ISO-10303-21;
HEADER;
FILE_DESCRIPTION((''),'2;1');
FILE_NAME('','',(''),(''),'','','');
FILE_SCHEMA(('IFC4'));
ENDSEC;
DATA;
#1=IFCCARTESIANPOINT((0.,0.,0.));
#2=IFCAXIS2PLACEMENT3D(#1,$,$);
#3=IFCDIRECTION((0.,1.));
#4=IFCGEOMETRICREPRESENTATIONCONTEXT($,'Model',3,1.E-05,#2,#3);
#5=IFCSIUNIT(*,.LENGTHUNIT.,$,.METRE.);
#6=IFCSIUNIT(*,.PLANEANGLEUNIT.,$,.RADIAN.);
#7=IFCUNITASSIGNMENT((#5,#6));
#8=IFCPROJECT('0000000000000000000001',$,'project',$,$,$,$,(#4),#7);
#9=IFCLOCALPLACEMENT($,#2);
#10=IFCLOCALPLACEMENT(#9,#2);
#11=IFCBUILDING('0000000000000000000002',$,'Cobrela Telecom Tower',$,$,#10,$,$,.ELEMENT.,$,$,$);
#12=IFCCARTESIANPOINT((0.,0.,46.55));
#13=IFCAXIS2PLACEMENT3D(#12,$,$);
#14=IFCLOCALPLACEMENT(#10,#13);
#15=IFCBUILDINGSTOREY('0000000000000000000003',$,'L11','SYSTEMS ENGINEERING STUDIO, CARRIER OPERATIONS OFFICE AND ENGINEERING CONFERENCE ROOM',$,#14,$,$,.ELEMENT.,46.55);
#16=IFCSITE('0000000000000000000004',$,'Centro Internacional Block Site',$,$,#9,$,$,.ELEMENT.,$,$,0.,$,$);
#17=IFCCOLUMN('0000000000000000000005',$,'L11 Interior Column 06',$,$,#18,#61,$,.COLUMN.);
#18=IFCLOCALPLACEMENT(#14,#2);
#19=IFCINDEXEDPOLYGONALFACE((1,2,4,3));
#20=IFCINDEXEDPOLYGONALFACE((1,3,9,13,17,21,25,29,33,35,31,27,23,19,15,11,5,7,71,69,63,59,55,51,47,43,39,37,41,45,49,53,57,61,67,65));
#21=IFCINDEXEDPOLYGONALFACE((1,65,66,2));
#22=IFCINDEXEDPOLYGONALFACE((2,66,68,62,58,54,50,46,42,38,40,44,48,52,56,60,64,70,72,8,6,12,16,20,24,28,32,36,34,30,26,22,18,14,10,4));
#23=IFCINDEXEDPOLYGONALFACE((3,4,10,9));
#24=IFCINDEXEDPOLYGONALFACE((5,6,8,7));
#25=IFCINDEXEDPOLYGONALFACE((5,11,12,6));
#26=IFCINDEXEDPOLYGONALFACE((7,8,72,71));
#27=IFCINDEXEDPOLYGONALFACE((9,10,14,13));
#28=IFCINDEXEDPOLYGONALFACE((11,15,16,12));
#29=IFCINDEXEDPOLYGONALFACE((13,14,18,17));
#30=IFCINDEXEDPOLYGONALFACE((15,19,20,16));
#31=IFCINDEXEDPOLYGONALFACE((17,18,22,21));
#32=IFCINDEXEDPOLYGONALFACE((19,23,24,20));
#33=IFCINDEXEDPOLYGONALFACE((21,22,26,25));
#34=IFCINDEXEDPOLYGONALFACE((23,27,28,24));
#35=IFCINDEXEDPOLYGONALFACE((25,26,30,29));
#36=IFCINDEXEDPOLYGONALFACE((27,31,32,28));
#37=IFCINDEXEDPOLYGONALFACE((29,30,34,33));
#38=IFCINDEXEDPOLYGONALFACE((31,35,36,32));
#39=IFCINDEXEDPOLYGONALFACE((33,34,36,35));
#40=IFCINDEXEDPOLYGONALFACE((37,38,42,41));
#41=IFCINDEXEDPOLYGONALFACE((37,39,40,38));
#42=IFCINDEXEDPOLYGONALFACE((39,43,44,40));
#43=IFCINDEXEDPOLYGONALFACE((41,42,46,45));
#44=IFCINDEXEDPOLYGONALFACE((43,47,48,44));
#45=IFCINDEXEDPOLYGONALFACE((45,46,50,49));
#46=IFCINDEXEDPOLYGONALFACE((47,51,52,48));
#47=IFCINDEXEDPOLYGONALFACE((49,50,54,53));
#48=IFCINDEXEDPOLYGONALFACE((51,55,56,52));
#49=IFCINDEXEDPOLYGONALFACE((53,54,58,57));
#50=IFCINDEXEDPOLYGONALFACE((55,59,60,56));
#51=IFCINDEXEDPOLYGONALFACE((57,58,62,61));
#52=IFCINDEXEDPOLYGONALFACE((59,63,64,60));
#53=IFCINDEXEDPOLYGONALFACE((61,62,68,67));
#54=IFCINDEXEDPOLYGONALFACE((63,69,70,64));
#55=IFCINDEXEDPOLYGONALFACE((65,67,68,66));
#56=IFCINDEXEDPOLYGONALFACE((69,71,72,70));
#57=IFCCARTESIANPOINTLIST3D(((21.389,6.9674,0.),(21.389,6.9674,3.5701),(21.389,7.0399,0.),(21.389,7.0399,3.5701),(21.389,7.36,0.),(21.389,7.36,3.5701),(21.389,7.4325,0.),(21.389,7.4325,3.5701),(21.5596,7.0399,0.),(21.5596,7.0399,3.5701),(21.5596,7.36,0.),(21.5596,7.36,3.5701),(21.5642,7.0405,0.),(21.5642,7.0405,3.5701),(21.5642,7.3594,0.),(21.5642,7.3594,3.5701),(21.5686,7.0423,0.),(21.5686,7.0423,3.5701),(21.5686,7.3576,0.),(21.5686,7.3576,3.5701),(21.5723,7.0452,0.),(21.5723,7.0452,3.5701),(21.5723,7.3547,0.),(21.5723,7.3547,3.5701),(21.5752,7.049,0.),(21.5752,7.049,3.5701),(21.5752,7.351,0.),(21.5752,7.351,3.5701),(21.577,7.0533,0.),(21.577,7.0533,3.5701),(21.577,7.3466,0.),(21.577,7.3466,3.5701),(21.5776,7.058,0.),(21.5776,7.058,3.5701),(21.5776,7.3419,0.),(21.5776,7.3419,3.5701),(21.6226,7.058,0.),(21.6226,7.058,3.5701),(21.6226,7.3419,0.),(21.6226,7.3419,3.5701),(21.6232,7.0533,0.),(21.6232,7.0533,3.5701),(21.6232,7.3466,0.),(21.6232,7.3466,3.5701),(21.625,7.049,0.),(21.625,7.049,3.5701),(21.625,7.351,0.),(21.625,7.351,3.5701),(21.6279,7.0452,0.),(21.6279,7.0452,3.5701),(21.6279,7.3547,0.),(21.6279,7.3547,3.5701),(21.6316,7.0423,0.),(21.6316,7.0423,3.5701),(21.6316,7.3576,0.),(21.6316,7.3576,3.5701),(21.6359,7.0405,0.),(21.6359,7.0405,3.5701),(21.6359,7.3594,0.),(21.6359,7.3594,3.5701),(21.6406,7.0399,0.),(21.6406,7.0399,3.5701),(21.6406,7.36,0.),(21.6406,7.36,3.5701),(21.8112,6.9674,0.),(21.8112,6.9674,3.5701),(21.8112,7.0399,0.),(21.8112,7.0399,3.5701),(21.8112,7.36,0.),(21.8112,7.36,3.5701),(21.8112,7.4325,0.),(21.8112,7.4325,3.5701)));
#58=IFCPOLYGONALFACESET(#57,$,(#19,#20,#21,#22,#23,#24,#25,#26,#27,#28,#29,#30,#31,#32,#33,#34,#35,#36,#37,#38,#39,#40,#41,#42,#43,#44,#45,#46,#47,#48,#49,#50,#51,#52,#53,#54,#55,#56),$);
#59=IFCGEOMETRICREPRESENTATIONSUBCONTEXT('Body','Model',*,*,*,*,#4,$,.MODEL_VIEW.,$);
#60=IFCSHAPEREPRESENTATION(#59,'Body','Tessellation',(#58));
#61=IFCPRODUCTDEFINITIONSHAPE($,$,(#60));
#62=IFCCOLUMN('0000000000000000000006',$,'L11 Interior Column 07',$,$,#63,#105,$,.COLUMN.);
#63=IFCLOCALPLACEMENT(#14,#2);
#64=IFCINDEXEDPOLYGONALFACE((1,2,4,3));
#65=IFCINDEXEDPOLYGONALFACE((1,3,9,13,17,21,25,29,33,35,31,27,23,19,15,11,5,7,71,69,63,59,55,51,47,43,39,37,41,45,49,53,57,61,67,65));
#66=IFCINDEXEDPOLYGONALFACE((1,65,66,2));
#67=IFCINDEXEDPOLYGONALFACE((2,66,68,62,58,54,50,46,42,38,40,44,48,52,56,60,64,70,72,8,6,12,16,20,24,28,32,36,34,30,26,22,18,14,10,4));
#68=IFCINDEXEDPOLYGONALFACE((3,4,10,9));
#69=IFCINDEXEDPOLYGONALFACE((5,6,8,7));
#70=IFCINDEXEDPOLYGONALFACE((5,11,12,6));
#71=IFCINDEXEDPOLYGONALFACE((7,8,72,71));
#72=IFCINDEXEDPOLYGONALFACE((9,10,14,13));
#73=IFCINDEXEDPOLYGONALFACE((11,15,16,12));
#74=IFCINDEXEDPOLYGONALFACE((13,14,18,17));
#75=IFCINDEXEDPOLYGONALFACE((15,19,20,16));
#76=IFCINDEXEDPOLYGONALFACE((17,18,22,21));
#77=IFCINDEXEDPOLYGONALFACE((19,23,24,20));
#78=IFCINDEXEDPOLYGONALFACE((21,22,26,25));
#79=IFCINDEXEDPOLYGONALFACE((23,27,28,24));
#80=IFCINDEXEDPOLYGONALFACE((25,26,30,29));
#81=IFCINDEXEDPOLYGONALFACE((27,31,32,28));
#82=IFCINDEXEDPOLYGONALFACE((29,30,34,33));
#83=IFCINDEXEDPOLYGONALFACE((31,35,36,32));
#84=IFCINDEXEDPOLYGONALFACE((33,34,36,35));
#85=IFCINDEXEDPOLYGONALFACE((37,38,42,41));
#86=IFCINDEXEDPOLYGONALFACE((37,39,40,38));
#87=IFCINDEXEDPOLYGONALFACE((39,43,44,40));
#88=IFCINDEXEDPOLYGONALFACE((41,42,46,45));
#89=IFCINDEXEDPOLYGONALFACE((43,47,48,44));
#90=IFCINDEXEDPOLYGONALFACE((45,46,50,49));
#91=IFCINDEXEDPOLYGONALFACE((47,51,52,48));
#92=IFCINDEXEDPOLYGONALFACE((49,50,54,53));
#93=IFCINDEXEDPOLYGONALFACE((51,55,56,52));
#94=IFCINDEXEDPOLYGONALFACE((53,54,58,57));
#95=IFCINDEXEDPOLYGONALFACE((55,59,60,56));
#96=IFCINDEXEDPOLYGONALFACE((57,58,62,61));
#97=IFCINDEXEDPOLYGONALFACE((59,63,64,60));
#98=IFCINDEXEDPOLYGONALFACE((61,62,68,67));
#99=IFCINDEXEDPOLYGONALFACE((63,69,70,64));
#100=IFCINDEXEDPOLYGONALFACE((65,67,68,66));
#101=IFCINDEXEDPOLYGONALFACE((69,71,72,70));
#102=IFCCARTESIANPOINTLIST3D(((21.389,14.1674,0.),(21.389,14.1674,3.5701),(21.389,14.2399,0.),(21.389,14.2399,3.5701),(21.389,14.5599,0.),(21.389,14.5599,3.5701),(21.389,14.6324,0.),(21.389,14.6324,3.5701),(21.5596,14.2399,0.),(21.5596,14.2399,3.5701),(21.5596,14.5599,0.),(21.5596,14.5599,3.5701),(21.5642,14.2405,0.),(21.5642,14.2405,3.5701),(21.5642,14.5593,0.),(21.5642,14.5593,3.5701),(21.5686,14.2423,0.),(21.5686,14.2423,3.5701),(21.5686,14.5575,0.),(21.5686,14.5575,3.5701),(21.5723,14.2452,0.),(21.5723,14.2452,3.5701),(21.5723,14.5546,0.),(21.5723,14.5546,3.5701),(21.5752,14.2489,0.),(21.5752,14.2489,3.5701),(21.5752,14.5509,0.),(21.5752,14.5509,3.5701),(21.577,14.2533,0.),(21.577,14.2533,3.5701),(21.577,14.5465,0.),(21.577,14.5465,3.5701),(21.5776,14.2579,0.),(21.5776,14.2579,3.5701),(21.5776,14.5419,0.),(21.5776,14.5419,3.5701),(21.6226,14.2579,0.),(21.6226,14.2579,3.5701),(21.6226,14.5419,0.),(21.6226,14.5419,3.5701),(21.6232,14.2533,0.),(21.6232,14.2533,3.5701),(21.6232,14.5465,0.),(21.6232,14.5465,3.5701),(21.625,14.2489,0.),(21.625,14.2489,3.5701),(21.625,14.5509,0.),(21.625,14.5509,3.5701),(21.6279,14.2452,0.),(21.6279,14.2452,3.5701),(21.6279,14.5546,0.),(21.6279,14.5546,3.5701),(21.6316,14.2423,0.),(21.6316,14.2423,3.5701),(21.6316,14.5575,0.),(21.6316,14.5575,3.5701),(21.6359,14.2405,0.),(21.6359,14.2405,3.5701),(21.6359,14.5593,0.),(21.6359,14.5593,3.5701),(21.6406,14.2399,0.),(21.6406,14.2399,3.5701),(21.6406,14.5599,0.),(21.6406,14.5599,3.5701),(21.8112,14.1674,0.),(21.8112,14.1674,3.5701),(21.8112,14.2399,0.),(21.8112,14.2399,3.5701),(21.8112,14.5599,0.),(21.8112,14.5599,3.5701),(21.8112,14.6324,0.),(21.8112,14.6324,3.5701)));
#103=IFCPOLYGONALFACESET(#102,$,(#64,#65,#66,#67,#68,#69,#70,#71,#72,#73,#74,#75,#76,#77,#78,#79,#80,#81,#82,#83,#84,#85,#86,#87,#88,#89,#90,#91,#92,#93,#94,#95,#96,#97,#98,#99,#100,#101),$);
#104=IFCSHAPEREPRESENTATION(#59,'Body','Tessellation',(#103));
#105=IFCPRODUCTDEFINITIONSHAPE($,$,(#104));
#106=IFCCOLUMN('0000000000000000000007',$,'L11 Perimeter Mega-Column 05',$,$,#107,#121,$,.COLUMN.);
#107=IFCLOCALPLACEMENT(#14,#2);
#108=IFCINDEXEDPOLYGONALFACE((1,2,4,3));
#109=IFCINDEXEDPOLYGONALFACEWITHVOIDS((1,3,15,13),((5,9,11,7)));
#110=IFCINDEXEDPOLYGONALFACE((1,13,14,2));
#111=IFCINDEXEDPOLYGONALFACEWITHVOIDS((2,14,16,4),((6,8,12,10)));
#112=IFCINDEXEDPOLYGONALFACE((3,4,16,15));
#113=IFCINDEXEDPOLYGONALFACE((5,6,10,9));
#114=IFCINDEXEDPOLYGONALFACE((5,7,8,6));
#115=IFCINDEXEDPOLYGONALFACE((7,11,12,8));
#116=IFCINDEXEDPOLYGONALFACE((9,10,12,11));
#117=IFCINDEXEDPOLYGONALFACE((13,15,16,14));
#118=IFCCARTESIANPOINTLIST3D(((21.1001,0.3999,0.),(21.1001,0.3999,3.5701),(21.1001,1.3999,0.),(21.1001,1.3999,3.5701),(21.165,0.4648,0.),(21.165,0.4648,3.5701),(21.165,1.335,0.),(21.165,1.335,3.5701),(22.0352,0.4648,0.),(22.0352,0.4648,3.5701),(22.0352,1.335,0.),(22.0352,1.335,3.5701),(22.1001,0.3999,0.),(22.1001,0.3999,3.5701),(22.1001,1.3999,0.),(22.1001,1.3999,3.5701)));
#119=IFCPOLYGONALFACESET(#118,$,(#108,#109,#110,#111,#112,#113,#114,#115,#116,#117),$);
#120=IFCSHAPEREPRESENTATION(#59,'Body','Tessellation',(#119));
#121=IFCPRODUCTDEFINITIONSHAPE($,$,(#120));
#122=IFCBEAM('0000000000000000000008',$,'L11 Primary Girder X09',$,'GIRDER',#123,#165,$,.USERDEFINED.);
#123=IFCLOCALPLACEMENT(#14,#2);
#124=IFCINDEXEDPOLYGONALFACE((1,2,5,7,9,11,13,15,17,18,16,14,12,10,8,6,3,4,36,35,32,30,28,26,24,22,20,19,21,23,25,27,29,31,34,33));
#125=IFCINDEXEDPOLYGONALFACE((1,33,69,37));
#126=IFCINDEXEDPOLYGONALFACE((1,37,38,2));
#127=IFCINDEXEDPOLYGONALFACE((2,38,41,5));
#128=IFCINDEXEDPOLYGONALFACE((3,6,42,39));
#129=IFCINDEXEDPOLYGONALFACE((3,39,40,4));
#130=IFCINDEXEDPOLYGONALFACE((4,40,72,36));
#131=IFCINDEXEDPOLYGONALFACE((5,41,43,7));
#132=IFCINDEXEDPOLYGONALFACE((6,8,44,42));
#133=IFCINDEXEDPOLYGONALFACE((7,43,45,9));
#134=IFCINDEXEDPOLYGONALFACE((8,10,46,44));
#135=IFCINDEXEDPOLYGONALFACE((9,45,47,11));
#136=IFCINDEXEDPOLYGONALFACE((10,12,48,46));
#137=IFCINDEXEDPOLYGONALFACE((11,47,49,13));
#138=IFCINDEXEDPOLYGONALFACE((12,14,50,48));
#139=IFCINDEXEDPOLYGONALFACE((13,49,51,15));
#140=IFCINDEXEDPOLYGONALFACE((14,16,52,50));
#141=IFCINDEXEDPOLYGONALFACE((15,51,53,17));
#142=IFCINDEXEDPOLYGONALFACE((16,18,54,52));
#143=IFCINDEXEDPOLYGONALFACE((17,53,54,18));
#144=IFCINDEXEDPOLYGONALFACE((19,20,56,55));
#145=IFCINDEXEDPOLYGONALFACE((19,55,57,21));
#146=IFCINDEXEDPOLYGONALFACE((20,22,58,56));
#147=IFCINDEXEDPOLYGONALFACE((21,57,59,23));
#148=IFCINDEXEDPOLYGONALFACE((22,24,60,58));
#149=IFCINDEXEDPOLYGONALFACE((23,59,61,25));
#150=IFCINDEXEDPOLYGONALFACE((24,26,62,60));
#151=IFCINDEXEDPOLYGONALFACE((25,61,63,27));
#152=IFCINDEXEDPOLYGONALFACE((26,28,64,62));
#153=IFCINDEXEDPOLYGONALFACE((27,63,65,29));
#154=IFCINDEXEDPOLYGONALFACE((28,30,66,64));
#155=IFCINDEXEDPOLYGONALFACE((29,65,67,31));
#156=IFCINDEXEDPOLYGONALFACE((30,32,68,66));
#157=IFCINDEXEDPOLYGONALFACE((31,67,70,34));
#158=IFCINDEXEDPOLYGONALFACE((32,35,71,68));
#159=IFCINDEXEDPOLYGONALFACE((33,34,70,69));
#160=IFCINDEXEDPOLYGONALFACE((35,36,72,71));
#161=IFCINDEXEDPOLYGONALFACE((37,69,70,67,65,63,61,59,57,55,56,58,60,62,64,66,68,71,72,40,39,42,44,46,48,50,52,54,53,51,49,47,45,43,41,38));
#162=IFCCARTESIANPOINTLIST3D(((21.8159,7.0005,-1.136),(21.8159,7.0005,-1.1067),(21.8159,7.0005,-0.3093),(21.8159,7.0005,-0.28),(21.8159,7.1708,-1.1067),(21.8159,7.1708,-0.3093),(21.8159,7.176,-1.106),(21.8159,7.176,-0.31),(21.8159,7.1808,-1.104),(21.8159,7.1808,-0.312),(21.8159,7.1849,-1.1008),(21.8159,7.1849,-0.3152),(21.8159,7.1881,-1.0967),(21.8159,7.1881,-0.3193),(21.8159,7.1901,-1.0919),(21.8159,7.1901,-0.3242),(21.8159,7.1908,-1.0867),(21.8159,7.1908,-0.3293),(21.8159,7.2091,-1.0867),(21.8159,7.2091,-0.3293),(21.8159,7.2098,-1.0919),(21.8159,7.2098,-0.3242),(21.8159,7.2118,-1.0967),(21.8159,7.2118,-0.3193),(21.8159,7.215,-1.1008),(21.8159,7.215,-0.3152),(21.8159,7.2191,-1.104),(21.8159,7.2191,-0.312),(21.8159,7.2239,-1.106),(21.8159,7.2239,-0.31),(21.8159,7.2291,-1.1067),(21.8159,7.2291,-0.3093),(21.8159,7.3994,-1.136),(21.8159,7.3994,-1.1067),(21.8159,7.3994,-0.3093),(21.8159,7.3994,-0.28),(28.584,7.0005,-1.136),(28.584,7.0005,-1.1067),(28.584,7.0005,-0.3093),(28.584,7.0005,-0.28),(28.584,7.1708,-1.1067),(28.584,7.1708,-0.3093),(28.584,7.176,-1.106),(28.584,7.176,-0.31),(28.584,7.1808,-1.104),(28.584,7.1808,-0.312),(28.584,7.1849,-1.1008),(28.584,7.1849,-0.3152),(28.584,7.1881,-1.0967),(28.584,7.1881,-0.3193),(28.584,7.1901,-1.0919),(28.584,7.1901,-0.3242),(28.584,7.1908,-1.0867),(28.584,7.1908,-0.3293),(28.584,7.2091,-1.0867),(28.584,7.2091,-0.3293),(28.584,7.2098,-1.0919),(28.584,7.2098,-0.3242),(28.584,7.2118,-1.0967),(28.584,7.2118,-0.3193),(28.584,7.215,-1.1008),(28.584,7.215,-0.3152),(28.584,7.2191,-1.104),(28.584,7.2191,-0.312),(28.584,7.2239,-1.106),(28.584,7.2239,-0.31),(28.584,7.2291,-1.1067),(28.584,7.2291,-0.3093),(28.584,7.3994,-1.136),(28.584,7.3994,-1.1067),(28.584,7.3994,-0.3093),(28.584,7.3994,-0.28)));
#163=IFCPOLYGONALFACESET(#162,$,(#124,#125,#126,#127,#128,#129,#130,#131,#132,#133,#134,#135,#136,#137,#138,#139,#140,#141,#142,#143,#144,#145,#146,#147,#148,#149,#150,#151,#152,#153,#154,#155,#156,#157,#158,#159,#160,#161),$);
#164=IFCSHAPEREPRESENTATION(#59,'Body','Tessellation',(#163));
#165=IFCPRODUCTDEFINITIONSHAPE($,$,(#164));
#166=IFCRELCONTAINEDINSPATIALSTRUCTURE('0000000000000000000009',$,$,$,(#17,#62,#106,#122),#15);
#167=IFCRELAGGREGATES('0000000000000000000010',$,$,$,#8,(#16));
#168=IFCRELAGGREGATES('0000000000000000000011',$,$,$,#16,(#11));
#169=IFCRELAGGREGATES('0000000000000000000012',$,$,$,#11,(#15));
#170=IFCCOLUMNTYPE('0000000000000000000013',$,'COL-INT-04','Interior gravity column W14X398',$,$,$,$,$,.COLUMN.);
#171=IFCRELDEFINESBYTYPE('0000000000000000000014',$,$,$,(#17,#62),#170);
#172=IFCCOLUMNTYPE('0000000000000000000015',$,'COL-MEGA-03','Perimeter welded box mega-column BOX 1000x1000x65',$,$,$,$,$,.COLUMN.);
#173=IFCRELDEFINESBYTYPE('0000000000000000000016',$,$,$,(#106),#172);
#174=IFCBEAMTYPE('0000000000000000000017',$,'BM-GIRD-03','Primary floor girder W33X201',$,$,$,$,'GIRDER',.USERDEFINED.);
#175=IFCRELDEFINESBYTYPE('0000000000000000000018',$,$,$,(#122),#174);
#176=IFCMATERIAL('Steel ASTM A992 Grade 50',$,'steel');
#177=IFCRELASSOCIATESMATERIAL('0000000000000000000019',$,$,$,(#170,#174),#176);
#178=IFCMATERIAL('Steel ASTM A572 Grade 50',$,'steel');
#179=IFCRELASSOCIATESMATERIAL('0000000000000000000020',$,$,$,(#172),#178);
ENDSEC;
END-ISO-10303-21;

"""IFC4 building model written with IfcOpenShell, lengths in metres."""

from ifc_helpers import new_model, si_unit, direction, frame, origin, origin_2d, place, context, subcontext, project, spatial, hollow_rectangle, i_section, extrude, material, material_profile, profile_set, type_object, element, save


model = new_model("IFC4")

# Units and contexts
model_context = context("Model", 3, precision=1e-05, world=origin(), true_north=direction((0.0, 1.0)))
body_context = subcontext(model_context, "Body", "Model", "MODEL_VIEW")
ifc_project = project(units=[si_unit("LENGTHUNIT", "METRE"), si_unit("PLANEANGLEUNIT", "RADIAN")], contexts=[model_context])

# Site, building, storey
site_placement = place(None, origin())
site = spatial("IfcSite", under=ifc_project, at=site_placement, Name="Centro Internacional Block Site", CompositionType="ELEMENT", RefElevation=0.0)
building_placement = place(site_placement, origin())
building = spatial("IfcBuilding", under=site, at=building_placement, Name="Cobrela Telecom Tower", CompositionType="ELEMENT")
storey_placement = place(building_placement, frame((0.0, 0.0, 46.55)))
storey = spatial("IfcBuildingStorey", under=building, at=storey_placement, Name="L11", Description="SYSTEMS ENGINEERING STUDIO, CARRIER OPERATIONS OFFICE AND ENGINEERING CONFERENCE ROOM", CompositionType="ELEMENT", Elevation=46.55)

# Columns
ifc_material_1 = material(Name="Steel ASTM A992 Grade 50", Category="steel")
ifc_material_profile_1 = material_profile(ifc_material_1, i_section(OverallWidth=0.4221, OverallDepth=0.4651, WebThickness=0.0449, FlangeThickness=0.0725, FilletRadius=0.0181, at=origin_2d()), Name="W14X398")
ifc_profile_set_1 = profile_set([ifc_material_profile_1], Name="Steel ASTM A992 Grade 50")
column_type_1 = type_object("IfcColumnType", Name="COL-INT-04", Description="Interior gravity column W14X398", PredefinedType="COLUMN", material=ifc_profile_set_1)
for number, where, z_axis, x_axis, name in (
    (1, (21.6001, 7.2, 0.0), (0.0, 0.0, 1.0), (1.0, 0.0, 0.0), "L11 Interior Column 06"),
    (2, (21.6001, 14.3999, 0.0), (0.0, 0.0, 1.0), (1.0, 0.0, 0.0), "L11 Interior Column 07"),
):
    element("IfcColumn", number, at=place(storey_placement, frame(where, z_axis=z_axis, x_axis=x_axis)), inside=storey, type_object=column_type_1, Name=name, PredefinedType="COLUMN", context=body_context, shape_type="SweptSolid", body=[
        extrude(i_section(OverallWidth=0.4221, OverallDepth=0.4651, WebThickness=0.0449, FlangeThickness=0.0725, FilletRadius=0.0181, at=origin_2d()), origin(), (0.0, 0.0, 1.0), 3.5701),
    ])
ifc_material_2 = material(Name="Steel ASTM A572 Grade 50", Category="steel")
ifc_material_profile_2 = material_profile(ifc_material_2, hollow_rectangle(XDim=1.0, YDim=1.0, WallThickness=0.0649, at=origin_2d()), Name="BOX 1000x1000x65")
ifc_profile_set_2 = profile_set([ifc_material_profile_2], Name="Steel ASTM A572 Grade 50")
column_type_2 = type_object("IfcColumnType", Name="COL-MEGA-03", Description="Perimeter welded box mega-column BOX 1000x1000x65", PredefinedType="COLUMN", material=ifc_profile_set_2)
column_placement = place(storey_placement, frame((21.6001, 0.8999, 0.0), z_axis=(0.0, 0.0, 1.0), x_axis=(1.0, 0.0, 0.0)))
element("IfcColumn", 3, at=column_placement, inside=storey, type_object=column_type_2, Name="L11 Perimeter Mega-Column 05", PredefinedType="COLUMN", context=body_context, shape_type="SweptSolid", body=[
    extrude(hollow_rectangle(XDim=1.0, YDim=1.0, WallThickness=0.0649, at=origin_2d()), origin(), (0.0, 0.0, 1.0), 3.5701),
])

# Beam
ifc_material_profile_3 = material_profile(ifc_material_1, i_section(OverallWidth=0.3989, OverallDepth=0.856, WebThickness=0.0183, FlangeThickness=0.0293, FilletRadius=0.02, at=origin_2d()), Name="W33X201")
ifc_profile_set_3 = profile_set([ifc_material_profile_3], Name="Steel ASTM A992 Grade 50")
beam_type_1 = type_object("IfcBeamType", Name="BM-GIRD-03", Description="Primary floor girder W33X201", ElementType="GIRDER", PredefinedType="USERDEFINED", material=ifc_profile_set_3)
for number, where, z_axis, x_axis, name in (
    (4, (21.8159, 7.2, -0.708), (1.0, 0.0, 0.0), (0.0, 1.0, 0.0), "L11 Primary Girder X09"),
):
    element("IfcBeam", number, at=place(storey_placement, frame(where, z_axis=z_axis, x_axis=x_axis)), inside=storey, type_object=beam_type_1, Name=name, ObjectType="GIRDER", PredefinedType="USERDEFINED", context=body_context, shape_type="SweptSolid", body=[
        extrude(i_section(OverallWidth=0.3989, OverallDepth=0.856, WebThickness=0.0183, FlangeThickness=0.0293, FilletRadius=0.02, at=origin_2d()), origin(), (0.0, 0.0, 1.0), 6.7681),
    ])

save(model, "model.ifc")
